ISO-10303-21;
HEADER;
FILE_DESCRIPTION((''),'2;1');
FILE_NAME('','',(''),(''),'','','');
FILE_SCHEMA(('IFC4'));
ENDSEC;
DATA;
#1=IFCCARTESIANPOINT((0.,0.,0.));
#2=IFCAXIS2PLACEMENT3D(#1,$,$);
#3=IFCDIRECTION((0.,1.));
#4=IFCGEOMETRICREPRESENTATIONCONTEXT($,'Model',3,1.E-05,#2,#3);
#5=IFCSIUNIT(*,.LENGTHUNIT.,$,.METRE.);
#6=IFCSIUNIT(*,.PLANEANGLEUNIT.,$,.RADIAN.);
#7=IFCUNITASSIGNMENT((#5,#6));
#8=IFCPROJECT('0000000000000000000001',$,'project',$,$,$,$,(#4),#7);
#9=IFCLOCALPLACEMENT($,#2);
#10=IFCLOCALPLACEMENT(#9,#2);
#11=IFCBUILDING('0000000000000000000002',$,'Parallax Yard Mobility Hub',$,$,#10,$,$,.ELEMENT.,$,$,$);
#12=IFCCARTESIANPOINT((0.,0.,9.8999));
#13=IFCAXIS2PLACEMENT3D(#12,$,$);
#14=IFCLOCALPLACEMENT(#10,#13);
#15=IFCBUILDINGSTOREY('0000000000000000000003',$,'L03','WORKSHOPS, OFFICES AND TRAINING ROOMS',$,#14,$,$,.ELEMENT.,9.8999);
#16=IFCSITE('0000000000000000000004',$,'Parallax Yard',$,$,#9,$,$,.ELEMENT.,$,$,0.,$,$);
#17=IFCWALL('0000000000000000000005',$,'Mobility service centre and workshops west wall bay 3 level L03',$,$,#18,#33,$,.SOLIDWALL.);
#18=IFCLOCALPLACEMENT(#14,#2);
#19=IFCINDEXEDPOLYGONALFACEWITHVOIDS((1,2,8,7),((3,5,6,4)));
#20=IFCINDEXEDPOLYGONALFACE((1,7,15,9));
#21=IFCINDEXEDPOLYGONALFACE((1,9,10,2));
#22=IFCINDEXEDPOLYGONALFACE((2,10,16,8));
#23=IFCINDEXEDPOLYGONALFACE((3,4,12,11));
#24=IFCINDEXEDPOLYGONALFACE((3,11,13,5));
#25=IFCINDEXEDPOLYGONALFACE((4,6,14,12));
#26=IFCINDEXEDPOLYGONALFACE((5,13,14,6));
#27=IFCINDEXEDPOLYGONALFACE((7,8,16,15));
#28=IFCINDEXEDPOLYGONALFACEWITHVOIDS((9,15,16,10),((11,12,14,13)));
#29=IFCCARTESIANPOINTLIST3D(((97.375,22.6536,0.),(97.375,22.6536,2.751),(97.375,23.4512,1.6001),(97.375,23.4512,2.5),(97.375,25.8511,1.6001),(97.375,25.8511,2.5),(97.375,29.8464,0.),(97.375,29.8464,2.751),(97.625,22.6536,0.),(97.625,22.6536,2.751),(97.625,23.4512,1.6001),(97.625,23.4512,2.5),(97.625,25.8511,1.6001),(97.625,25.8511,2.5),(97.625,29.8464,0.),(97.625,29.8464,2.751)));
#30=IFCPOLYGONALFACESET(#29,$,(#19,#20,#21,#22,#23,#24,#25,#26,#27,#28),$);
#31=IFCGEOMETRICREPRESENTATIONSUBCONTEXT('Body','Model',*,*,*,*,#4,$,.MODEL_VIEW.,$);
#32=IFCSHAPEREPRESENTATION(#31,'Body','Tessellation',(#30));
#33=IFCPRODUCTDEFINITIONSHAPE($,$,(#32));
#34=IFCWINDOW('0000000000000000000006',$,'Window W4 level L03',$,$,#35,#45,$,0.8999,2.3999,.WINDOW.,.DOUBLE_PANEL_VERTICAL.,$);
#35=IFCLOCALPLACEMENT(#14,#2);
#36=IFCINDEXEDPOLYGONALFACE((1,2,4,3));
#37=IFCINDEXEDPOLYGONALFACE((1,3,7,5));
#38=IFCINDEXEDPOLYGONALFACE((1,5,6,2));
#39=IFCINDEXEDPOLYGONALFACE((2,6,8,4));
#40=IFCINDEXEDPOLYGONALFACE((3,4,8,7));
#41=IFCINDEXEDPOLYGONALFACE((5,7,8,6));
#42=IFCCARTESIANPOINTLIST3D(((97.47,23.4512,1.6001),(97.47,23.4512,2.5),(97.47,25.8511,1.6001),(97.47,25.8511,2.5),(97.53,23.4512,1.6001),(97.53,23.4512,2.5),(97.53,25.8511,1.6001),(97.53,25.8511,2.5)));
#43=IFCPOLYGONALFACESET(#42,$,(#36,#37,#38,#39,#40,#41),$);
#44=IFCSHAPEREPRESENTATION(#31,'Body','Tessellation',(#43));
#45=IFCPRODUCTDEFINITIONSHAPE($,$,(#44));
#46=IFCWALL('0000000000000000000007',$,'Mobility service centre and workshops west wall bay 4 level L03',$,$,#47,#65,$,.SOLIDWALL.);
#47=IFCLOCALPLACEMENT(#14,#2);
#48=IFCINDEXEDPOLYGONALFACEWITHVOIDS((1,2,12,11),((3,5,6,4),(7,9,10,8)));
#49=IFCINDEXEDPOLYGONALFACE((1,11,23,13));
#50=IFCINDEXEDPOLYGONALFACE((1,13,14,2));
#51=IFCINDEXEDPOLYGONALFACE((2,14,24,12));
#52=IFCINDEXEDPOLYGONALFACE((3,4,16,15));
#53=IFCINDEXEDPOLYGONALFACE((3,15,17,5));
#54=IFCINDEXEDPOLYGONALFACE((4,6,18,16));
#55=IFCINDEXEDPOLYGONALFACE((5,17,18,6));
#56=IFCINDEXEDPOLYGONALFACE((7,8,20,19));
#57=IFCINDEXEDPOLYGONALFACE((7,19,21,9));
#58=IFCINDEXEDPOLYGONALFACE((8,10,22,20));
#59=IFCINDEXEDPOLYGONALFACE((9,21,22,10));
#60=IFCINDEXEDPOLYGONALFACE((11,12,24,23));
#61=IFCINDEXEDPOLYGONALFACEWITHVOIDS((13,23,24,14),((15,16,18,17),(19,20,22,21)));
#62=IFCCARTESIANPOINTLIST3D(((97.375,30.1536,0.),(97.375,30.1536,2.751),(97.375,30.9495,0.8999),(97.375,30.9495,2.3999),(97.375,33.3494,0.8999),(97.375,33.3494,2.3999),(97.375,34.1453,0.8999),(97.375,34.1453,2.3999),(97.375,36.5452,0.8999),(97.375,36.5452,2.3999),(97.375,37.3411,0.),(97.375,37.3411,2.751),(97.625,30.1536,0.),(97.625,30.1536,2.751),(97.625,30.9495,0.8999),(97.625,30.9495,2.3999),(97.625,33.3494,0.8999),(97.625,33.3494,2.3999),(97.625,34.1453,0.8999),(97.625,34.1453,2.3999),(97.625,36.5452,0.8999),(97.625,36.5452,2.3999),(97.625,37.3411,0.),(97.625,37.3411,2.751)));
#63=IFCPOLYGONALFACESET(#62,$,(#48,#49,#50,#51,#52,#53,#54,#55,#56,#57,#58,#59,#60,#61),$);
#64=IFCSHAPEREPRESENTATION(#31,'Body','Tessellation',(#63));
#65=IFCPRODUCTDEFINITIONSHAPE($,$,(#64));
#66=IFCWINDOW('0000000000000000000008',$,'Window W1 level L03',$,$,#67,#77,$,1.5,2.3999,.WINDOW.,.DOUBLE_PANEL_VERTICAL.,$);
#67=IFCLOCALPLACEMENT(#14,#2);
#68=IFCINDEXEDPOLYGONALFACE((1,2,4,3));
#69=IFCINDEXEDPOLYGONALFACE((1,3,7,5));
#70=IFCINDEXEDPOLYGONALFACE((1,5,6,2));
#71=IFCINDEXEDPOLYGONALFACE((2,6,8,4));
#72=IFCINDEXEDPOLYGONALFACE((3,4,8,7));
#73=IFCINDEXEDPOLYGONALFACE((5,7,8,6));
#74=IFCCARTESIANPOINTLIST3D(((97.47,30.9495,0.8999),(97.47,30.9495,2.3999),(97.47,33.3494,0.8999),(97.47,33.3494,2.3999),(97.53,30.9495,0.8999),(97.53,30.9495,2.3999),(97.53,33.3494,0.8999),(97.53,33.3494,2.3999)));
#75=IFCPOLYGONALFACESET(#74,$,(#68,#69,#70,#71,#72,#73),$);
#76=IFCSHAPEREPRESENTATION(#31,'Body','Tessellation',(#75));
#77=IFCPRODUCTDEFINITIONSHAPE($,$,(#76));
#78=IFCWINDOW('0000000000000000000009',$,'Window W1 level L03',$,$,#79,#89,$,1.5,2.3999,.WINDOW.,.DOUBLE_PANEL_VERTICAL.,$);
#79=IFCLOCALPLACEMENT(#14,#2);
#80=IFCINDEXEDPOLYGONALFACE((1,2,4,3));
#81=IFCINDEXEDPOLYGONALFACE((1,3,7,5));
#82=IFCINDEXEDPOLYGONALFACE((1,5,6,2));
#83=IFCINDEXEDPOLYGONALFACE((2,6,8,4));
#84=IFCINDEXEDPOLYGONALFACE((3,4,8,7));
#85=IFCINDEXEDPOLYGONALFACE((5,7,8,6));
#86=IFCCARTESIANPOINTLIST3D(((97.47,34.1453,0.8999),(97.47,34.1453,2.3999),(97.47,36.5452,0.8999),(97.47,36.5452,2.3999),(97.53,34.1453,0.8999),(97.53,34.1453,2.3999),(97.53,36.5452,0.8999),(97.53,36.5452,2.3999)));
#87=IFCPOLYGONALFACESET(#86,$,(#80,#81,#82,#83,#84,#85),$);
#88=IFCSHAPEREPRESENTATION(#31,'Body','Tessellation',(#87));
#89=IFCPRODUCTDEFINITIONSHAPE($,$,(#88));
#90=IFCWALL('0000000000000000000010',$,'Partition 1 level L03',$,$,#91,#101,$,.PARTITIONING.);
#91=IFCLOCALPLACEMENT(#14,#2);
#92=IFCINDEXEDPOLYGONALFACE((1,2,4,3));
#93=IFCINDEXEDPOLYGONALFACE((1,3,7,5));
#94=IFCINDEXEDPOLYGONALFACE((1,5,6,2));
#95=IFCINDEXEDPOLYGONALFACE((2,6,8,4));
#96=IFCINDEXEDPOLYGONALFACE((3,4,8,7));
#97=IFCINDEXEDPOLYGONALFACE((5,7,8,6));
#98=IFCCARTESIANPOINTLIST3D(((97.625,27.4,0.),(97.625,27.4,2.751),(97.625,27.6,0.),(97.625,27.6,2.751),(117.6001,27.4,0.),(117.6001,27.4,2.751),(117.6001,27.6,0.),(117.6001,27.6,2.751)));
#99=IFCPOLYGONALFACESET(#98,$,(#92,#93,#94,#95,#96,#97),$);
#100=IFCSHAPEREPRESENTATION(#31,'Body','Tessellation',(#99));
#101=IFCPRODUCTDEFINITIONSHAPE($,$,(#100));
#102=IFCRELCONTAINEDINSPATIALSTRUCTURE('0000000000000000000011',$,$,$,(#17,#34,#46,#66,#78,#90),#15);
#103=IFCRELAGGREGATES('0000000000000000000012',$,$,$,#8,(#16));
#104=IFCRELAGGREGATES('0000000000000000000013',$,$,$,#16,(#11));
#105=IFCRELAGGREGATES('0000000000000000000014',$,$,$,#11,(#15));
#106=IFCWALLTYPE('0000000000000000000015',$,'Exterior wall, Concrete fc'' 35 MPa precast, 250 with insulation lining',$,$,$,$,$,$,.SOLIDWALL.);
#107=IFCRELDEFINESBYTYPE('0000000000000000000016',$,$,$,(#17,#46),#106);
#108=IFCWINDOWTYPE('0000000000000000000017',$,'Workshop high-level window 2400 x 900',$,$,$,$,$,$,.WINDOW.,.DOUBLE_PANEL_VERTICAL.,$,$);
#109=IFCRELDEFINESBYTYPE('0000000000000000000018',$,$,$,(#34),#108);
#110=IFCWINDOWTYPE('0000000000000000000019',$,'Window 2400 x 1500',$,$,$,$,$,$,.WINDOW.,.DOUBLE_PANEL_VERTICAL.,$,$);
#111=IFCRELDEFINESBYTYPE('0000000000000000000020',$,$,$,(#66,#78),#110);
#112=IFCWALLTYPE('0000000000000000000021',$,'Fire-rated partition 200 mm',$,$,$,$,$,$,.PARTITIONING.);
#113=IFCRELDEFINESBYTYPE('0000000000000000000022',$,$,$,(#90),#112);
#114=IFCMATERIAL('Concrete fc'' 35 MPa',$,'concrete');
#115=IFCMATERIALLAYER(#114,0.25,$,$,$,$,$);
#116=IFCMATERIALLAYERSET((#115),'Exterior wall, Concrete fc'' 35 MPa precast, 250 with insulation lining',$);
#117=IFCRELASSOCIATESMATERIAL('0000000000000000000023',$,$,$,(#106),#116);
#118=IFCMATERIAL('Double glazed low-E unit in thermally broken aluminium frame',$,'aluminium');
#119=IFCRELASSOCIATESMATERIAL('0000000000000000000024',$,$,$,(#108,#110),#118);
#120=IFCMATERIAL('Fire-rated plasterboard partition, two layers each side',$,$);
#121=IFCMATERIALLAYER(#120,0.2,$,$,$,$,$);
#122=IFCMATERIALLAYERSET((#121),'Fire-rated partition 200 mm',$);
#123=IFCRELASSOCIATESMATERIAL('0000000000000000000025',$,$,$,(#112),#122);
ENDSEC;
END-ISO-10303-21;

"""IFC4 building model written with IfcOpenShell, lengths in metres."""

from ifc_helpers import new_model, si_unit, direction, frame, frame_2d, origin, place, context, subcontext, project, spatial, rectangle, extrude, material, layer, layer_set, type_object, element, fill, save


model = new_model("IFC4")

# Units and contexts
model_context = context("Model", 3, precision=1e-05, world=origin(), true_north=direction((0.0, 1.0)))
body_context = subcontext(model_context, "Body", "Model", "MODEL_VIEW")
ifc_project = project(units=[si_unit("LENGTHUNIT", "METRE"), si_unit("PLANEANGLEUNIT", "RADIAN")], contexts=[model_context])

# Site, building, storey
site_placement = place(None, origin())
site = spatial("IfcSite", under=ifc_project, at=site_placement, Name="Parallax Yard", CompositionType="ELEMENT", RefElevation=0.0)
building_placement = place(site_placement, origin())
building = spatial("IfcBuilding", under=site, at=building_placement, Name="Parallax Yard Mobility Hub", CompositionType="ELEMENT")
storey_placement = place(building_placement, frame((0.0, 0.0, 9.8999)))
storey = spatial("IfcBuildingStorey", under=building, at=storey_placement, Name="L03", Description="WORKSHOPS, OFFICES AND TRAINING ROOMS", CompositionType="ELEMENT", Elevation=9.8999)

# Wall, opening, window
ifc_material_1 = material(Name="Concrete fc' 35 MPa", Category="concrete")
ifc_layer_1 = layer(ifc_material_1, 0.25)
ifc_layer_set_1 = layer_set([ifc_layer_1], Name="Exterior wall, Concrete fc' 35 MPa precast, 250 with insulation lining")
wall_type_1 = type_object("IfcWallType", Name="Exterior wall, Concrete fc' 35 MPa precast, 250 with insulation lining", PredefinedType="SOLIDWALL", material=ifc_layer_set_1)
wall_1_placement = place(storey_placement, frame((97.5, 22.6536, 0.0), z_axis=(0.0, 0.0, 1.0), x_axis=(0.0, 1.0, 0.0)))
wall_1 = element("IfcWall", 1, at=wall_1_placement, inside=storey, type_object=wall_type_1, Name="Mobility service centre and workshops west wall bay 3 level L03", PredefinedType="SOLIDWALL", context=body_context, shape_type="SweptSolid", body=[
    extrude(rectangle(XDim=7.1929, YDim=0.25, at=frame_2d((3.5964, 0.0))), origin(), (0.0, 0.0, 1.0), 2.751),
])
opening_1_placement = place(wall_1_placement, frame((0.7976, 0.0, 1.6001)))
opening_1 = element("IfcOpeningElement", 2, at=opening_1_placement, cuts=wall_1, PredefinedType="OPENING", context=body_context, shape_type="SweptSolid", body=[
    extrude(rectangle(XDim=2.3999, YDim=0.8999, at=frame_2d((1.2, 0.45))), frame((0.0, 0.135, 0.0), z_axis=(0.0, -1.0, 0.0), x_axis=(1.0, 0.0, 0.0)), (0.0, 0.0, 1.0), 0.27),
])
ifc_material_2 = material(Name="Double glazed low-E unit in thermally broken aluminium frame", Category="aluminium")
window_type_1 = type_object("IfcWindowType", Name="Workshop high-level window 2400 x 900", PartitioningType="DOUBLE_PANEL_VERTICAL", PredefinedType="WINDOW", material=ifc_material_2)
window_1_placement = place(opening_1_placement, origin())
window_1 = element("IfcWindow", 3, at=window_1_placement, inside=storey, type_object=window_type_1, Name="Window W4 level L03", OverallHeight=0.8999, OverallWidth=2.3999, PartitioningType="DOUBLE_PANEL_VERTICAL", PredefinedType="WINDOW", context=body_context, shape_type="SweptSolid", body=[
    extrude(rectangle(XDim=2.3999, YDim=0.8999, at=frame_2d((1.2, 0.45))), frame((0.0, 0.03, 0.0), z_axis=(0.0, -1.0, 0.0), x_axis=(1.0, 0.0, 0.0)), (0.0, 0.0, 1.0), 0.0601),
])
fill(opening_1, window_1)

# Wall, openings, windows
wall_2_placement = place(storey_placement, frame((97.5, 30.1536, 0.0), z_axis=(0.0, 0.0, 1.0), x_axis=(0.0, 1.0, 0.0)))
wall_2 = element("IfcWall", 4, at=wall_2_placement, inside=storey, type_object=wall_type_1, Name="Mobility service centre and workshops west wall bay 4 level L03", PredefinedType="SOLIDWALL", context=body_context, shape_type="SweptSolid", body=[
    extrude(rectangle(XDim=7.1875, YDim=0.25, at=frame_2d((3.5938, 0.0))), origin(), (0.0, 0.0, 1.0), 2.751),
])
opening_2_placement = place(wall_2_placement, frame((0.7959, 0.0, 0.8999)))
opening_2 = element("IfcOpeningElement", 5, at=opening_2_placement, cuts=wall_2, PredefinedType="OPENING", context=body_context, shape_type="SweptSolid", body=[
    extrude(rectangle(XDim=2.3999, YDim=1.5, at=frame_2d((1.2, 0.75))), frame((0.0, 0.135, 0.0), z_axis=(0.0, -1.0, 0.0), x_axis=(1.0, 0.0, 0.0)), (0.0, 0.0, 1.0), 0.27),
])
opening_3_placement = place(wall_2_placement, frame((3.9917, 0.0, 0.8999)))
opening_3 = element("IfcOpeningElement", 6, at=opening_3_placement, cuts=wall_2, PredefinedType="OPENING", context=body_context, shape_type="SweptSolid", body=[
    extrude(rectangle(XDim=2.3999, YDim=1.5, at=frame_2d((1.2, 0.75))), frame((0.0, 0.135, 0.0), z_axis=(0.0, -1.0, 0.0), x_axis=(1.0, 0.0, 0.0)), (0.0, 0.0, 1.0), 0.27),
])
window_type_2 = type_object("IfcWindowType", Name="Window 2400 x 1500", PartitioningType="DOUBLE_PANEL_VERTICAL", PredefinedType="WINDOW", material=ifc_material_2)
window_2_placement = place(opening_2_placement, origin())
window_2 = element("IfcWindow", 7, at=window_2_placement, inside=storey, type_object=window_type_2, Name="Window W1 level L03", OverallHeight=1.5, OverallWidth=2.3999, PartitioningType="DOUBLE_PANEL_VERTICAL", PredefinedType="WINDOW", context=body_context, shape_type="SweptSolid", body=[
    extrude(rectangle(XDim=2.3999, YDim=1.5, at=frame_2d((1.2, 0.75))), frame((0.0, 0.03, 0.0), z_axis=(0.0, -1.0, 0.0), x_axis=(1.0, 0.0, 0.0)), (0.0, 0.0, 1.0), 0.0601),
])
fill(opening_2, window_2)
window_3_placement = place(opening_3_placement, origin())
window_3 = element("IfcWindow", 8, at=window_3_placement, inside=storey, type_object=window_type_2, Name="Window W1 level L03", OverallHeight=1.5, OverallWidth=2.3999, PartitioningType="DOUBLE_PANEL_VERTICAL", PredefinedType="WINDOW", context=body_context, shape_type="SweptSolid", body=[
    extrude(rectangle(XDim=2.3999, YDim=1.5, at=frame_2d((1.2, 0.75))), frame((0.0, 0.03, 0.0), z_axis=(0.0, -1.0, 0.0), x_axis=(1.0, 0.0, 0.0)), (0.0, 0.0, 1.0), 0.0601),
])
fill(opening_3, window_3)

# Wall
ifc_material_3 = material(Name="Fire-rated plasterboard partition, two layers each side")
ifc_layer_2 = layer(ifc_material_3, 0.2)
ifc_layer_set_2 = layer_set([ifc_layer_2], Name="Fire-rated partition 200 mm")
wall_type_2 = type_object("IfcWallType", Name="Fire-rated partition 200 mm", PredefinedType="PARTITIONING", material=ifc_layer_set_2)
wall_3_placement = place(storey_placement, frame((97.625, 27.5, 0.0), z_axis=(0.0, 0.0, 1.0), x_axis=(1.0, 0.0, 0.0)))
element("IfcWall", 9, at=wall_3_placement, inside=storey, type_object=wall_type_2, Name="Partition 1 level L03", PredefinedType="PARTITIONING", context=body_context, shape_type="SweptSolid", body=[
    extrude(rectangle(XDim=19.9751, YDim=0.2, at=frame_2d((9.9875, 0.0))), origin(), (0.0, 0.0, 1.0), 2.751),
])

save(model, "model.ifc")
